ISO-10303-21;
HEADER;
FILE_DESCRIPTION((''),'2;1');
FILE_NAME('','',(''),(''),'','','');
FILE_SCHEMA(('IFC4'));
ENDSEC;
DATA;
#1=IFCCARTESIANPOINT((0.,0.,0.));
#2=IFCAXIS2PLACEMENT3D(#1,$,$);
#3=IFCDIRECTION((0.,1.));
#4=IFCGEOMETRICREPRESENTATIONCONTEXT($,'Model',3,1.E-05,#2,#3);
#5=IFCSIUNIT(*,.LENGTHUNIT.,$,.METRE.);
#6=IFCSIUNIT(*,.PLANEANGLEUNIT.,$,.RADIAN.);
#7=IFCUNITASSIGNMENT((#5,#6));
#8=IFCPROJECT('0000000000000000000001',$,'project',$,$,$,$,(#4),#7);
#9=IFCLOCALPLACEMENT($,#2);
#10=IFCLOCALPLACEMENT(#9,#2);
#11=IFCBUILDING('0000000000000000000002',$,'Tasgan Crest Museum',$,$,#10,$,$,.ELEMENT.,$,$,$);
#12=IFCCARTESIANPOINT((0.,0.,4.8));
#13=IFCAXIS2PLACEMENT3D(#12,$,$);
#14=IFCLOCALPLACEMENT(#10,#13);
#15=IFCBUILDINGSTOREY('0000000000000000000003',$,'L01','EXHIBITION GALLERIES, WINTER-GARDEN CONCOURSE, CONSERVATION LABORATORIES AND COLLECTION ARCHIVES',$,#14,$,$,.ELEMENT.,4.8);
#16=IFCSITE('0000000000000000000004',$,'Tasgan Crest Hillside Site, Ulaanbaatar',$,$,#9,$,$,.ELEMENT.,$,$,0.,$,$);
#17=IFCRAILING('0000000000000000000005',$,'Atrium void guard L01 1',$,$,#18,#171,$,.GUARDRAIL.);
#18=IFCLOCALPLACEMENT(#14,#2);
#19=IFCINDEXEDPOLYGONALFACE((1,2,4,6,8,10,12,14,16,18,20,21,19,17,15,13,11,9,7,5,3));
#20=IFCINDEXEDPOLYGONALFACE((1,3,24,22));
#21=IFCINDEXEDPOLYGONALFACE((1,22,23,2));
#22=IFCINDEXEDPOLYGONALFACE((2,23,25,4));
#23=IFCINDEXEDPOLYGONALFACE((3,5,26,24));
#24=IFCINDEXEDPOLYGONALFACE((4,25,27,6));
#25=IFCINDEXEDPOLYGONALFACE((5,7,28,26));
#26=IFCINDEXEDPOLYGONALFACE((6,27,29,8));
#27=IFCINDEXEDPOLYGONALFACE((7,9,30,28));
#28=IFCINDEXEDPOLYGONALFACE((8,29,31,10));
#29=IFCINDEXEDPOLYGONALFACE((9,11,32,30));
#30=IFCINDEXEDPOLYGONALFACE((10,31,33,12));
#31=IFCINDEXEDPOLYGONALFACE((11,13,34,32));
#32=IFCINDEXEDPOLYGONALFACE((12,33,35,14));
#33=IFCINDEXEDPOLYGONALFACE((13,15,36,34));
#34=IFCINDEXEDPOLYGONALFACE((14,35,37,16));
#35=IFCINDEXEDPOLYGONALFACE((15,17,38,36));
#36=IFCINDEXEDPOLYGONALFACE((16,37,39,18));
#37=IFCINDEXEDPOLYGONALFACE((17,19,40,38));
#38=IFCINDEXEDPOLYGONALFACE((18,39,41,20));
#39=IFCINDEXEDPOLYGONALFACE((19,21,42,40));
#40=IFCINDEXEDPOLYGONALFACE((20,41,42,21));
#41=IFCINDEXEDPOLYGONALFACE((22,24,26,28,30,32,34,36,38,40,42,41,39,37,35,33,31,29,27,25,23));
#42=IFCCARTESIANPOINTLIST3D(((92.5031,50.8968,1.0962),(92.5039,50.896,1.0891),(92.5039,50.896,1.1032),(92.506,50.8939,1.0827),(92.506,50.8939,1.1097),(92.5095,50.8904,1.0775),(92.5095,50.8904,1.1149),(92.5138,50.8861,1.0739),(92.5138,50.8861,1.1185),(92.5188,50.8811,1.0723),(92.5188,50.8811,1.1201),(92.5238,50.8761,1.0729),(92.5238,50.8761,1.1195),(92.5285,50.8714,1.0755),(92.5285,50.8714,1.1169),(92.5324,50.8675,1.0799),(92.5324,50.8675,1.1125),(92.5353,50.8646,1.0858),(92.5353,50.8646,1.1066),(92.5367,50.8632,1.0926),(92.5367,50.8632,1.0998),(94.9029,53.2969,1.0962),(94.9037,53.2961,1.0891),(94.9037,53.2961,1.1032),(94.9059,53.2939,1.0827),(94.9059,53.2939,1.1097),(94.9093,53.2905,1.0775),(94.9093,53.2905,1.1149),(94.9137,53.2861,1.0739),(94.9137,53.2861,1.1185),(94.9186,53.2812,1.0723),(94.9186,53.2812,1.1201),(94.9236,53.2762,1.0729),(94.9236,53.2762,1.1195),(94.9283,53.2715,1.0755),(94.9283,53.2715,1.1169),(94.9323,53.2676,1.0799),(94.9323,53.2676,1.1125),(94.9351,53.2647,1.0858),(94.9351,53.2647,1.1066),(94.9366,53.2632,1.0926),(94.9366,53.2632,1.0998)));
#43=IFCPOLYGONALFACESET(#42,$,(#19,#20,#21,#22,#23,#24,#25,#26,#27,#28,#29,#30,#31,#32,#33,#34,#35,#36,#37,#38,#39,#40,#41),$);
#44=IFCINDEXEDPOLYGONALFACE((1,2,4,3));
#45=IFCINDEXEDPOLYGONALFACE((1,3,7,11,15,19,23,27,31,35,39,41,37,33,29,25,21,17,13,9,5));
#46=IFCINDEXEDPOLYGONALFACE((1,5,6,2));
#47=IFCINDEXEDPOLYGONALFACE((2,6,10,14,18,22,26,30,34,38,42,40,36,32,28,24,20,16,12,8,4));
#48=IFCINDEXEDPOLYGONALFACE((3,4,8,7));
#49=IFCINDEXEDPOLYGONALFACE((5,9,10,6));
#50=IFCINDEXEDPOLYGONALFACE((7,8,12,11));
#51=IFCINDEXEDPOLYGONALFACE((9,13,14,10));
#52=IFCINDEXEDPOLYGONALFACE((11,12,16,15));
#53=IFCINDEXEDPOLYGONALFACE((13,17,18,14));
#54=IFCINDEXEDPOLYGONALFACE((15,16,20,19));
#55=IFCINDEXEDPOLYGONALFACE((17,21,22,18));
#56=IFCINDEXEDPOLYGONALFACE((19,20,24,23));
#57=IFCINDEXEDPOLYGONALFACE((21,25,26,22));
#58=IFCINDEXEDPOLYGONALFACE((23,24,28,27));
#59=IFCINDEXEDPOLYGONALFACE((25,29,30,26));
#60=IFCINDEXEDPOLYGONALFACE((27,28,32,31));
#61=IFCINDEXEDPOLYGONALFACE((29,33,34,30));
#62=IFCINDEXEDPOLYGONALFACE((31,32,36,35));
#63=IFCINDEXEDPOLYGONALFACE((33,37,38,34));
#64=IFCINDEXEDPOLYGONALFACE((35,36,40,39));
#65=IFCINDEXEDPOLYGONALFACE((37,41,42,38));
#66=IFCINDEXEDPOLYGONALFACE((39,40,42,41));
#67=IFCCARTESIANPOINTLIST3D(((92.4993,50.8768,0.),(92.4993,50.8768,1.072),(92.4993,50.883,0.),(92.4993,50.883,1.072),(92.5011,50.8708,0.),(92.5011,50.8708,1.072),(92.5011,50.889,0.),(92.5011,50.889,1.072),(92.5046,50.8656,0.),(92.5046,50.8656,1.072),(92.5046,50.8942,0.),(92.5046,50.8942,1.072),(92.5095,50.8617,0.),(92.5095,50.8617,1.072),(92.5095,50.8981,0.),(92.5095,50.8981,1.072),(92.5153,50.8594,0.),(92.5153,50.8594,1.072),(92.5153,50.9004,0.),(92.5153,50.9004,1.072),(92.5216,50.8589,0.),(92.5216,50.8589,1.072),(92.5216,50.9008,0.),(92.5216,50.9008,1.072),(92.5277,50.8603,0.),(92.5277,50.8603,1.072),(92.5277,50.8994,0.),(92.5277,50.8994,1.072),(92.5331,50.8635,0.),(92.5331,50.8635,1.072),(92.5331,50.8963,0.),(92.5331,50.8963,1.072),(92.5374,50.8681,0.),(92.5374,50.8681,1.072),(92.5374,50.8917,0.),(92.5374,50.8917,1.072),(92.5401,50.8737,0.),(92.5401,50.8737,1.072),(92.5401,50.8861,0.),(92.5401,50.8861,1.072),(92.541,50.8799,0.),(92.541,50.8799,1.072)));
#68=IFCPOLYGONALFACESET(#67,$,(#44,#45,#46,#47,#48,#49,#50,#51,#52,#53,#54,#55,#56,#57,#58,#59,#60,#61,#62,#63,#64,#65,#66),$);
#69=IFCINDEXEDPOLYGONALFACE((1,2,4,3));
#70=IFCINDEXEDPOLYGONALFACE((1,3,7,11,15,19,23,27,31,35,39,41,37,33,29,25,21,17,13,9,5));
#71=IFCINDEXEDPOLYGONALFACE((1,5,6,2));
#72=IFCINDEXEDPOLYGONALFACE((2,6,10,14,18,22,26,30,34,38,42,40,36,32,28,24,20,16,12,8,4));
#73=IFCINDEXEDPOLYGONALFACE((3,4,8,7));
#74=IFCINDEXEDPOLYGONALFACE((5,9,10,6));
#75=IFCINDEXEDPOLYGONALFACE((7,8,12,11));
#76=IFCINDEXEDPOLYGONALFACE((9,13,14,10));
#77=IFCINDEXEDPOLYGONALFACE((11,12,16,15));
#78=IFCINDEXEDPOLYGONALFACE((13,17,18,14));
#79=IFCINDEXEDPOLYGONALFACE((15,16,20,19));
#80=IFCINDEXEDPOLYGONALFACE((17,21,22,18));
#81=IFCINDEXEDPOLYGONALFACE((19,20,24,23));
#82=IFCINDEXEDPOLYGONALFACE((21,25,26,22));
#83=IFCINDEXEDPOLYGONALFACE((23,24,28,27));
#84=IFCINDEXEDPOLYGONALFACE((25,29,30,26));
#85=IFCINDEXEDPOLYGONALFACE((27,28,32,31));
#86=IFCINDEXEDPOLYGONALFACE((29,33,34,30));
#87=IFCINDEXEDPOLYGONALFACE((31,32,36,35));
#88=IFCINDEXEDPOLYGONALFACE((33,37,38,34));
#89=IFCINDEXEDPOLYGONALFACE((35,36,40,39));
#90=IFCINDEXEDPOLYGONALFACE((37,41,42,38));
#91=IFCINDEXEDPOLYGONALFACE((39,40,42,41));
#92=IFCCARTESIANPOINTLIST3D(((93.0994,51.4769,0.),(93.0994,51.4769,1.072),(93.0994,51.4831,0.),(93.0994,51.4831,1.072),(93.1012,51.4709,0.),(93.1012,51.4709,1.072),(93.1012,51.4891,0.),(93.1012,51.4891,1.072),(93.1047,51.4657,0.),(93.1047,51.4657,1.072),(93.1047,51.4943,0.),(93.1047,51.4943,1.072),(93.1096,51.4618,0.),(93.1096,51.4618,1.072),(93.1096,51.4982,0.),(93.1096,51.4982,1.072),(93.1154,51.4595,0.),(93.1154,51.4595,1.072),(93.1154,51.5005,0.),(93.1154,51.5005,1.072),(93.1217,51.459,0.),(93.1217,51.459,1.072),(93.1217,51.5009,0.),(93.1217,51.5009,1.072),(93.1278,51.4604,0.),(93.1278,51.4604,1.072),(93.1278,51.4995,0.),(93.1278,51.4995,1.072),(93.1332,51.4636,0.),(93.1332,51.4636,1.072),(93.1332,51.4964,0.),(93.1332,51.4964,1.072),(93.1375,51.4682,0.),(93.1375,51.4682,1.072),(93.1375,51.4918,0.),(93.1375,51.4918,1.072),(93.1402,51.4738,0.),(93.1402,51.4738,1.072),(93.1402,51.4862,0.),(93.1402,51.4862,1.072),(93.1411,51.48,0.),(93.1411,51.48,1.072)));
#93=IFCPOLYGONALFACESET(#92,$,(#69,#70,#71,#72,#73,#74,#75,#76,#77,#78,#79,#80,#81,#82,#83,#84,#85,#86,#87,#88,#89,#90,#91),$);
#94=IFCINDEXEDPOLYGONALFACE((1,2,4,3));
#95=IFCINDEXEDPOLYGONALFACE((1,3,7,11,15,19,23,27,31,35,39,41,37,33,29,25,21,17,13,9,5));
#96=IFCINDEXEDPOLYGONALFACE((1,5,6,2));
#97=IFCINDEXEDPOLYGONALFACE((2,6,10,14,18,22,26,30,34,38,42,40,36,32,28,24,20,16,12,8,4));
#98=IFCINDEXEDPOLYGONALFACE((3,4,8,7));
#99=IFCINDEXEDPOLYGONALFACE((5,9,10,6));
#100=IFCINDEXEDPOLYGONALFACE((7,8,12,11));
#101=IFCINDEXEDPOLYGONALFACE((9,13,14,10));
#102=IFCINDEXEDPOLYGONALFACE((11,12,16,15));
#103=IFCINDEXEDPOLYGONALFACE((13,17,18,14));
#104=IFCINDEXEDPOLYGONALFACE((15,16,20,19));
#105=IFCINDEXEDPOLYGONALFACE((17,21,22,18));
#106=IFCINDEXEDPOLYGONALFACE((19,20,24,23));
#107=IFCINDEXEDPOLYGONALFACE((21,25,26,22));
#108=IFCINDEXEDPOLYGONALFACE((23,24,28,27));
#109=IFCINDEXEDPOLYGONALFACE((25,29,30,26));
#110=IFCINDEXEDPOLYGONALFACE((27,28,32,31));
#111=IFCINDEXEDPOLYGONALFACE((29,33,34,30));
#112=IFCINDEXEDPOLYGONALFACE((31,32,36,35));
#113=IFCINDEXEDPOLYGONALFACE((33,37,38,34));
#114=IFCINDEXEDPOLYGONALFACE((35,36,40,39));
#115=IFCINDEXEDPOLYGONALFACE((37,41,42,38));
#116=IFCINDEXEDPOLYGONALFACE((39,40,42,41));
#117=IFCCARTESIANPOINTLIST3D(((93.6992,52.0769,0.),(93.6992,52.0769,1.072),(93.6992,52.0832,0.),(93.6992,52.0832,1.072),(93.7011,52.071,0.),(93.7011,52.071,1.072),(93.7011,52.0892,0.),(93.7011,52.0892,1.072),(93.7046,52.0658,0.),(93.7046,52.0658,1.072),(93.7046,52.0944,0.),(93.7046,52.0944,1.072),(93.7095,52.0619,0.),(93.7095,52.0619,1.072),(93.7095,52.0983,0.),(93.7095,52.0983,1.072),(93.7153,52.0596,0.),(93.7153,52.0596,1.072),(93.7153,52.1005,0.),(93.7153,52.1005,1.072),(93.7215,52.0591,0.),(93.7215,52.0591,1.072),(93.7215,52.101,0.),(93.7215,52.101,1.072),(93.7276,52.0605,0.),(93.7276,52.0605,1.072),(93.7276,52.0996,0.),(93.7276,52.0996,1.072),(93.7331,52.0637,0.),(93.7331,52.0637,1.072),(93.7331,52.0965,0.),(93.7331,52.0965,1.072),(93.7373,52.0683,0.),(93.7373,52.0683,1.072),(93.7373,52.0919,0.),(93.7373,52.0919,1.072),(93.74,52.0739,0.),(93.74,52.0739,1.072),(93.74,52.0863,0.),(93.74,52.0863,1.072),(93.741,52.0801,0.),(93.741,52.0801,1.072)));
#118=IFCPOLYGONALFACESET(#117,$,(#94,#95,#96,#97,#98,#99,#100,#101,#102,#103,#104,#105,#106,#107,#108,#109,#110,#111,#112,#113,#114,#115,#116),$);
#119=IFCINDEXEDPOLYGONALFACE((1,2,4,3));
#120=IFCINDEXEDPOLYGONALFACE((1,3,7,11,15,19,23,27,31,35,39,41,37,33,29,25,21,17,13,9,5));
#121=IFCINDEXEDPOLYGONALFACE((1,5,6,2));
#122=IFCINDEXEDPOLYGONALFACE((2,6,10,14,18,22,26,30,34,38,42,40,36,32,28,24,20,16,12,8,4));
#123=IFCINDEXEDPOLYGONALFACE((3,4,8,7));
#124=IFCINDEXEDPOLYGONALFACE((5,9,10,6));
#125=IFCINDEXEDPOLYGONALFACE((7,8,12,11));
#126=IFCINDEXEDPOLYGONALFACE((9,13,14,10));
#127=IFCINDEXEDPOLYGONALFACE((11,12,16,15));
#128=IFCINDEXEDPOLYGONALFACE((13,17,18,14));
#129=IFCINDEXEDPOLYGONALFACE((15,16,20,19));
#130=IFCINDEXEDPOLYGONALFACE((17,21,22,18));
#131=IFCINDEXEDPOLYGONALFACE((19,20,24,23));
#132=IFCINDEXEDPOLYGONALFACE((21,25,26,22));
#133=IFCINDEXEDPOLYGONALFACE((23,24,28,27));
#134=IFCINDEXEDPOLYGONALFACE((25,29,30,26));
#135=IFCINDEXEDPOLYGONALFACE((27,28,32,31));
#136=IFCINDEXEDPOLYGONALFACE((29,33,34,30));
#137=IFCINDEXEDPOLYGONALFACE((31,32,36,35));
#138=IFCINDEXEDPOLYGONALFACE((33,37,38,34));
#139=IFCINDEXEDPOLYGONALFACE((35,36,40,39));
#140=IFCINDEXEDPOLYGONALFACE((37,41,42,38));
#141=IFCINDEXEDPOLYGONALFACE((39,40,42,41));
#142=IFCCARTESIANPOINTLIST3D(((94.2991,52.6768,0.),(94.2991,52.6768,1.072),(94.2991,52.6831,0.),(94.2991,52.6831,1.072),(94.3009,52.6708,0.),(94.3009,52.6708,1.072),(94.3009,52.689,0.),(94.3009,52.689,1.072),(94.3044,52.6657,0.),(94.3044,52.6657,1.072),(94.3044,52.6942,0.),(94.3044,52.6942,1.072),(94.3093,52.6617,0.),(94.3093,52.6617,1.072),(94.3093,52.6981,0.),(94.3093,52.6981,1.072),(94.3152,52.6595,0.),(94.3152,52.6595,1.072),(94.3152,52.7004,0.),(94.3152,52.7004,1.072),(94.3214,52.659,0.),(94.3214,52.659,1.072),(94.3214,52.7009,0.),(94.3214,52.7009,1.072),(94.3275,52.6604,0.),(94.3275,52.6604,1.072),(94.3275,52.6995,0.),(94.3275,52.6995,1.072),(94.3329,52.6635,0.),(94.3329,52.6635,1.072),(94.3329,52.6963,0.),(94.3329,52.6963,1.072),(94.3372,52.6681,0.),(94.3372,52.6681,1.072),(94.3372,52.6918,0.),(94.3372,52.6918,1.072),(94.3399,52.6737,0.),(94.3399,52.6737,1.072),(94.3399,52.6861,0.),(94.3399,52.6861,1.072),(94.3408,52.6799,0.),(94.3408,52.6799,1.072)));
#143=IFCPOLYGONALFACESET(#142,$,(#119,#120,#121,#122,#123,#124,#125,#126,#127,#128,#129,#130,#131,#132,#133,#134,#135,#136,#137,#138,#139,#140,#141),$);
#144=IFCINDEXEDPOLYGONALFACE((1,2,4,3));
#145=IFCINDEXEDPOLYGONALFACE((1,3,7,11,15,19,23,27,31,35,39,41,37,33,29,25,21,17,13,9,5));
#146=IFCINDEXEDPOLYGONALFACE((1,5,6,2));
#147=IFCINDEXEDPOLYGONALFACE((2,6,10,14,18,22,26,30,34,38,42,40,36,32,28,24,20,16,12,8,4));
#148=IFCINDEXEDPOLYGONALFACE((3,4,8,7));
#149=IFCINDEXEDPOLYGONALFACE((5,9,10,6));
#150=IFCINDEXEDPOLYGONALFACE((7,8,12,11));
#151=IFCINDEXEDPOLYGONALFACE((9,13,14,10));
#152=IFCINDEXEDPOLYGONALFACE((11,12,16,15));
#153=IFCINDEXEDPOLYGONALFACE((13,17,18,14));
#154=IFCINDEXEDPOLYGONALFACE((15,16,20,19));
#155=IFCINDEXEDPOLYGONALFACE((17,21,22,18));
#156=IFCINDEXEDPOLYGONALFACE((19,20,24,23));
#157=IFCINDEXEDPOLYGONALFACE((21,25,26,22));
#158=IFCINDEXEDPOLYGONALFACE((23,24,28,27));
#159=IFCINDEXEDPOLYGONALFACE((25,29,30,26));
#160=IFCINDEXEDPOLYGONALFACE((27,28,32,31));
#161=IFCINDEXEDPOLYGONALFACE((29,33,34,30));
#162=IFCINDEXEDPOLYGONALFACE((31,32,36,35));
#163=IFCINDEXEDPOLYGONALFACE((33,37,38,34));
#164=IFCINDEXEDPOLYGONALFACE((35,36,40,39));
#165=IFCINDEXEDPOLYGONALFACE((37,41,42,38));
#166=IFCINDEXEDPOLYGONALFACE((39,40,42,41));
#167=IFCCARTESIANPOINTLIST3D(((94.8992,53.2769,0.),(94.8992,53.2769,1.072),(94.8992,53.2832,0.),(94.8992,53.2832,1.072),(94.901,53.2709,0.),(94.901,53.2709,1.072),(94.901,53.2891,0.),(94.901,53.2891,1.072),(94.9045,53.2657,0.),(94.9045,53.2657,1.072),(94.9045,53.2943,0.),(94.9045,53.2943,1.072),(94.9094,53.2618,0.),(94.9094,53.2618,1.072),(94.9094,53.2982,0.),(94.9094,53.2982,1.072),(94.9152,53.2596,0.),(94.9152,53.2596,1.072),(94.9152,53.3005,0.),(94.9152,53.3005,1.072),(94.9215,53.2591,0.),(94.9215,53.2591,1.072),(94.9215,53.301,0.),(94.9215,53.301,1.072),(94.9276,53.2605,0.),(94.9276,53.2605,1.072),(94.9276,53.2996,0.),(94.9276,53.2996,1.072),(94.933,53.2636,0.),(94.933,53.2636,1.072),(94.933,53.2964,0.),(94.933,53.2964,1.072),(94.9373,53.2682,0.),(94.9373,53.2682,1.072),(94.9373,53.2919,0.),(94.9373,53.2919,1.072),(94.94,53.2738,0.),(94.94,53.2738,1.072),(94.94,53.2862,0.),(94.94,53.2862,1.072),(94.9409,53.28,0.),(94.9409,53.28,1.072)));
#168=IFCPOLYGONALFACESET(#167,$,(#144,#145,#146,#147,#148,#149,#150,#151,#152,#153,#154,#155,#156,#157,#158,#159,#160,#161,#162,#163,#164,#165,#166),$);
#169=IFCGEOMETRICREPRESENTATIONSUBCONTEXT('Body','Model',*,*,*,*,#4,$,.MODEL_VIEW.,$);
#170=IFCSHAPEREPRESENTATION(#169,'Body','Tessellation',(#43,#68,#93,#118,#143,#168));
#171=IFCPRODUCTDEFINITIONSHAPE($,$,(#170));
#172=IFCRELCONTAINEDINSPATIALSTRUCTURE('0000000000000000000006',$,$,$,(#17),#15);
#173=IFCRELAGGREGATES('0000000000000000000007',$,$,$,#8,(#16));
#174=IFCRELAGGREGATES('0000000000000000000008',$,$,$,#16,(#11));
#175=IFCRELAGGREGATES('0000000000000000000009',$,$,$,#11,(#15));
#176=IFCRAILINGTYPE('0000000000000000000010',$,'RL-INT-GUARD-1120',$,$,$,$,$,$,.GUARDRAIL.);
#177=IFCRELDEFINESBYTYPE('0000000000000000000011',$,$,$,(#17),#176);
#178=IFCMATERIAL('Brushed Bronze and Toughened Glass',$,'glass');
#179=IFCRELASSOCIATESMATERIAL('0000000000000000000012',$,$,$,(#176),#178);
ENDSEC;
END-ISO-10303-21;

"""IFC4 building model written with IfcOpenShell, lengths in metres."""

from ifc_helpers import new_model, si_unit, direction, frame, origin, origin_2d, place, context, subcontext, project, spatial, circle, extrude, material, type_object, element, save


model = new_model("IFC4")

# Units and contexts
model_context = context("Model", 3, precision=1e-05, world=origin(), true_north=direction((0.0, 1.0)))
body_context = subcontext(model_context, "Body", "Model", "MODEL_VIEW")
ifc_project = project(units=[si_unit("LENGTHUNIT", "METRE"), si_unit("PLANEANGLEUNIT", "RADIAN")], contexts=[model_context])

# Site, building, storey
site_placement = place(None, origin())
site = spatial("IfcSite", under=ifc_project, at=site_placement, Name="Tasgan Crest Hillside Site, Ulaanbaatar", CompositionType="ELEMENT", RefElevation=0.0)
building_placement = place(site_placement, origin())
building = spatial("IfcBuilding", under=site, at=building_placement, Name="Tasgan Crest Museum", CompositionType="ELEMENT")
storey_placement = place(building_placement, frame((0.0, 0.0, 4.8)))
storey = spatial("IfcBuildingStorey", under=building, at=storey_placement, Name="L01", Description="EXHIBITION GALLERIES, WINTER-GARDEN CONCOURSE, CONSERVATION LABORATORIES AND COLLECTION ARCHIVES", CompositionType="ELEMENT", Elevation=4.8)

# Railing
ifc_material_1 = material(Name="Brushed Bronze and Toughened Glass", Category="glass")
railing_type_1 = type_object("IfcRailingType", Name="RL-INT-GUARD-1120", PredefinedType="GUARDRAIL", material=ifc_material_1)
railing_1_placement = place(storey_placement, frame((92.52, 50.8799, 0.0)))
element("IfcRailing", 1, at=railing_1_placement, inside=storey, type_object=railing_type_1, Name="Atrium void guard L01 1", PredefinedType="GUARDRAIL", context=body_context, shape_type="SweptSolid", body=[
    extrude(circle(Radius=0.0239, at=origin_2d()), frame((0.0, 0.0, 1.0962), z_axis=(0.707071, 0.707143, 0.0), x_axis=(-0.707143, 0.707071, 0.0)), (0.0, 0.0, 1.0), 3.394),
    extrude(circle(Radius=0.021, at=origin_2d()), origin(), (0.0, 0.0, 1.0), 1.072),
    extrude(circle(Radius=0.021, at=origin_2d()), frame((0.6001, 0.6001, 0.0)), (0.0, 0.0, 1.0), 1.072),
    extrude(circle(Radius=0.021, at=origin_2d()), frame((1.2, 1.2002, 0.0)), (0.0, 0.0, 1.0), 1.072),
    extrude(circle(Radius=0.021, at=origin_2d()), frame((1.7998, 1.8, 0.0)), (0.0, 0.0, 1.0), 1.072),
    extrude(circle(Radius=0.021, at=origin_2d()), frame((2.3999, 2.4001, 0.0)), (0.0, 0.0, 1.0), 1.072),
])

save(model, "model.ifc")
